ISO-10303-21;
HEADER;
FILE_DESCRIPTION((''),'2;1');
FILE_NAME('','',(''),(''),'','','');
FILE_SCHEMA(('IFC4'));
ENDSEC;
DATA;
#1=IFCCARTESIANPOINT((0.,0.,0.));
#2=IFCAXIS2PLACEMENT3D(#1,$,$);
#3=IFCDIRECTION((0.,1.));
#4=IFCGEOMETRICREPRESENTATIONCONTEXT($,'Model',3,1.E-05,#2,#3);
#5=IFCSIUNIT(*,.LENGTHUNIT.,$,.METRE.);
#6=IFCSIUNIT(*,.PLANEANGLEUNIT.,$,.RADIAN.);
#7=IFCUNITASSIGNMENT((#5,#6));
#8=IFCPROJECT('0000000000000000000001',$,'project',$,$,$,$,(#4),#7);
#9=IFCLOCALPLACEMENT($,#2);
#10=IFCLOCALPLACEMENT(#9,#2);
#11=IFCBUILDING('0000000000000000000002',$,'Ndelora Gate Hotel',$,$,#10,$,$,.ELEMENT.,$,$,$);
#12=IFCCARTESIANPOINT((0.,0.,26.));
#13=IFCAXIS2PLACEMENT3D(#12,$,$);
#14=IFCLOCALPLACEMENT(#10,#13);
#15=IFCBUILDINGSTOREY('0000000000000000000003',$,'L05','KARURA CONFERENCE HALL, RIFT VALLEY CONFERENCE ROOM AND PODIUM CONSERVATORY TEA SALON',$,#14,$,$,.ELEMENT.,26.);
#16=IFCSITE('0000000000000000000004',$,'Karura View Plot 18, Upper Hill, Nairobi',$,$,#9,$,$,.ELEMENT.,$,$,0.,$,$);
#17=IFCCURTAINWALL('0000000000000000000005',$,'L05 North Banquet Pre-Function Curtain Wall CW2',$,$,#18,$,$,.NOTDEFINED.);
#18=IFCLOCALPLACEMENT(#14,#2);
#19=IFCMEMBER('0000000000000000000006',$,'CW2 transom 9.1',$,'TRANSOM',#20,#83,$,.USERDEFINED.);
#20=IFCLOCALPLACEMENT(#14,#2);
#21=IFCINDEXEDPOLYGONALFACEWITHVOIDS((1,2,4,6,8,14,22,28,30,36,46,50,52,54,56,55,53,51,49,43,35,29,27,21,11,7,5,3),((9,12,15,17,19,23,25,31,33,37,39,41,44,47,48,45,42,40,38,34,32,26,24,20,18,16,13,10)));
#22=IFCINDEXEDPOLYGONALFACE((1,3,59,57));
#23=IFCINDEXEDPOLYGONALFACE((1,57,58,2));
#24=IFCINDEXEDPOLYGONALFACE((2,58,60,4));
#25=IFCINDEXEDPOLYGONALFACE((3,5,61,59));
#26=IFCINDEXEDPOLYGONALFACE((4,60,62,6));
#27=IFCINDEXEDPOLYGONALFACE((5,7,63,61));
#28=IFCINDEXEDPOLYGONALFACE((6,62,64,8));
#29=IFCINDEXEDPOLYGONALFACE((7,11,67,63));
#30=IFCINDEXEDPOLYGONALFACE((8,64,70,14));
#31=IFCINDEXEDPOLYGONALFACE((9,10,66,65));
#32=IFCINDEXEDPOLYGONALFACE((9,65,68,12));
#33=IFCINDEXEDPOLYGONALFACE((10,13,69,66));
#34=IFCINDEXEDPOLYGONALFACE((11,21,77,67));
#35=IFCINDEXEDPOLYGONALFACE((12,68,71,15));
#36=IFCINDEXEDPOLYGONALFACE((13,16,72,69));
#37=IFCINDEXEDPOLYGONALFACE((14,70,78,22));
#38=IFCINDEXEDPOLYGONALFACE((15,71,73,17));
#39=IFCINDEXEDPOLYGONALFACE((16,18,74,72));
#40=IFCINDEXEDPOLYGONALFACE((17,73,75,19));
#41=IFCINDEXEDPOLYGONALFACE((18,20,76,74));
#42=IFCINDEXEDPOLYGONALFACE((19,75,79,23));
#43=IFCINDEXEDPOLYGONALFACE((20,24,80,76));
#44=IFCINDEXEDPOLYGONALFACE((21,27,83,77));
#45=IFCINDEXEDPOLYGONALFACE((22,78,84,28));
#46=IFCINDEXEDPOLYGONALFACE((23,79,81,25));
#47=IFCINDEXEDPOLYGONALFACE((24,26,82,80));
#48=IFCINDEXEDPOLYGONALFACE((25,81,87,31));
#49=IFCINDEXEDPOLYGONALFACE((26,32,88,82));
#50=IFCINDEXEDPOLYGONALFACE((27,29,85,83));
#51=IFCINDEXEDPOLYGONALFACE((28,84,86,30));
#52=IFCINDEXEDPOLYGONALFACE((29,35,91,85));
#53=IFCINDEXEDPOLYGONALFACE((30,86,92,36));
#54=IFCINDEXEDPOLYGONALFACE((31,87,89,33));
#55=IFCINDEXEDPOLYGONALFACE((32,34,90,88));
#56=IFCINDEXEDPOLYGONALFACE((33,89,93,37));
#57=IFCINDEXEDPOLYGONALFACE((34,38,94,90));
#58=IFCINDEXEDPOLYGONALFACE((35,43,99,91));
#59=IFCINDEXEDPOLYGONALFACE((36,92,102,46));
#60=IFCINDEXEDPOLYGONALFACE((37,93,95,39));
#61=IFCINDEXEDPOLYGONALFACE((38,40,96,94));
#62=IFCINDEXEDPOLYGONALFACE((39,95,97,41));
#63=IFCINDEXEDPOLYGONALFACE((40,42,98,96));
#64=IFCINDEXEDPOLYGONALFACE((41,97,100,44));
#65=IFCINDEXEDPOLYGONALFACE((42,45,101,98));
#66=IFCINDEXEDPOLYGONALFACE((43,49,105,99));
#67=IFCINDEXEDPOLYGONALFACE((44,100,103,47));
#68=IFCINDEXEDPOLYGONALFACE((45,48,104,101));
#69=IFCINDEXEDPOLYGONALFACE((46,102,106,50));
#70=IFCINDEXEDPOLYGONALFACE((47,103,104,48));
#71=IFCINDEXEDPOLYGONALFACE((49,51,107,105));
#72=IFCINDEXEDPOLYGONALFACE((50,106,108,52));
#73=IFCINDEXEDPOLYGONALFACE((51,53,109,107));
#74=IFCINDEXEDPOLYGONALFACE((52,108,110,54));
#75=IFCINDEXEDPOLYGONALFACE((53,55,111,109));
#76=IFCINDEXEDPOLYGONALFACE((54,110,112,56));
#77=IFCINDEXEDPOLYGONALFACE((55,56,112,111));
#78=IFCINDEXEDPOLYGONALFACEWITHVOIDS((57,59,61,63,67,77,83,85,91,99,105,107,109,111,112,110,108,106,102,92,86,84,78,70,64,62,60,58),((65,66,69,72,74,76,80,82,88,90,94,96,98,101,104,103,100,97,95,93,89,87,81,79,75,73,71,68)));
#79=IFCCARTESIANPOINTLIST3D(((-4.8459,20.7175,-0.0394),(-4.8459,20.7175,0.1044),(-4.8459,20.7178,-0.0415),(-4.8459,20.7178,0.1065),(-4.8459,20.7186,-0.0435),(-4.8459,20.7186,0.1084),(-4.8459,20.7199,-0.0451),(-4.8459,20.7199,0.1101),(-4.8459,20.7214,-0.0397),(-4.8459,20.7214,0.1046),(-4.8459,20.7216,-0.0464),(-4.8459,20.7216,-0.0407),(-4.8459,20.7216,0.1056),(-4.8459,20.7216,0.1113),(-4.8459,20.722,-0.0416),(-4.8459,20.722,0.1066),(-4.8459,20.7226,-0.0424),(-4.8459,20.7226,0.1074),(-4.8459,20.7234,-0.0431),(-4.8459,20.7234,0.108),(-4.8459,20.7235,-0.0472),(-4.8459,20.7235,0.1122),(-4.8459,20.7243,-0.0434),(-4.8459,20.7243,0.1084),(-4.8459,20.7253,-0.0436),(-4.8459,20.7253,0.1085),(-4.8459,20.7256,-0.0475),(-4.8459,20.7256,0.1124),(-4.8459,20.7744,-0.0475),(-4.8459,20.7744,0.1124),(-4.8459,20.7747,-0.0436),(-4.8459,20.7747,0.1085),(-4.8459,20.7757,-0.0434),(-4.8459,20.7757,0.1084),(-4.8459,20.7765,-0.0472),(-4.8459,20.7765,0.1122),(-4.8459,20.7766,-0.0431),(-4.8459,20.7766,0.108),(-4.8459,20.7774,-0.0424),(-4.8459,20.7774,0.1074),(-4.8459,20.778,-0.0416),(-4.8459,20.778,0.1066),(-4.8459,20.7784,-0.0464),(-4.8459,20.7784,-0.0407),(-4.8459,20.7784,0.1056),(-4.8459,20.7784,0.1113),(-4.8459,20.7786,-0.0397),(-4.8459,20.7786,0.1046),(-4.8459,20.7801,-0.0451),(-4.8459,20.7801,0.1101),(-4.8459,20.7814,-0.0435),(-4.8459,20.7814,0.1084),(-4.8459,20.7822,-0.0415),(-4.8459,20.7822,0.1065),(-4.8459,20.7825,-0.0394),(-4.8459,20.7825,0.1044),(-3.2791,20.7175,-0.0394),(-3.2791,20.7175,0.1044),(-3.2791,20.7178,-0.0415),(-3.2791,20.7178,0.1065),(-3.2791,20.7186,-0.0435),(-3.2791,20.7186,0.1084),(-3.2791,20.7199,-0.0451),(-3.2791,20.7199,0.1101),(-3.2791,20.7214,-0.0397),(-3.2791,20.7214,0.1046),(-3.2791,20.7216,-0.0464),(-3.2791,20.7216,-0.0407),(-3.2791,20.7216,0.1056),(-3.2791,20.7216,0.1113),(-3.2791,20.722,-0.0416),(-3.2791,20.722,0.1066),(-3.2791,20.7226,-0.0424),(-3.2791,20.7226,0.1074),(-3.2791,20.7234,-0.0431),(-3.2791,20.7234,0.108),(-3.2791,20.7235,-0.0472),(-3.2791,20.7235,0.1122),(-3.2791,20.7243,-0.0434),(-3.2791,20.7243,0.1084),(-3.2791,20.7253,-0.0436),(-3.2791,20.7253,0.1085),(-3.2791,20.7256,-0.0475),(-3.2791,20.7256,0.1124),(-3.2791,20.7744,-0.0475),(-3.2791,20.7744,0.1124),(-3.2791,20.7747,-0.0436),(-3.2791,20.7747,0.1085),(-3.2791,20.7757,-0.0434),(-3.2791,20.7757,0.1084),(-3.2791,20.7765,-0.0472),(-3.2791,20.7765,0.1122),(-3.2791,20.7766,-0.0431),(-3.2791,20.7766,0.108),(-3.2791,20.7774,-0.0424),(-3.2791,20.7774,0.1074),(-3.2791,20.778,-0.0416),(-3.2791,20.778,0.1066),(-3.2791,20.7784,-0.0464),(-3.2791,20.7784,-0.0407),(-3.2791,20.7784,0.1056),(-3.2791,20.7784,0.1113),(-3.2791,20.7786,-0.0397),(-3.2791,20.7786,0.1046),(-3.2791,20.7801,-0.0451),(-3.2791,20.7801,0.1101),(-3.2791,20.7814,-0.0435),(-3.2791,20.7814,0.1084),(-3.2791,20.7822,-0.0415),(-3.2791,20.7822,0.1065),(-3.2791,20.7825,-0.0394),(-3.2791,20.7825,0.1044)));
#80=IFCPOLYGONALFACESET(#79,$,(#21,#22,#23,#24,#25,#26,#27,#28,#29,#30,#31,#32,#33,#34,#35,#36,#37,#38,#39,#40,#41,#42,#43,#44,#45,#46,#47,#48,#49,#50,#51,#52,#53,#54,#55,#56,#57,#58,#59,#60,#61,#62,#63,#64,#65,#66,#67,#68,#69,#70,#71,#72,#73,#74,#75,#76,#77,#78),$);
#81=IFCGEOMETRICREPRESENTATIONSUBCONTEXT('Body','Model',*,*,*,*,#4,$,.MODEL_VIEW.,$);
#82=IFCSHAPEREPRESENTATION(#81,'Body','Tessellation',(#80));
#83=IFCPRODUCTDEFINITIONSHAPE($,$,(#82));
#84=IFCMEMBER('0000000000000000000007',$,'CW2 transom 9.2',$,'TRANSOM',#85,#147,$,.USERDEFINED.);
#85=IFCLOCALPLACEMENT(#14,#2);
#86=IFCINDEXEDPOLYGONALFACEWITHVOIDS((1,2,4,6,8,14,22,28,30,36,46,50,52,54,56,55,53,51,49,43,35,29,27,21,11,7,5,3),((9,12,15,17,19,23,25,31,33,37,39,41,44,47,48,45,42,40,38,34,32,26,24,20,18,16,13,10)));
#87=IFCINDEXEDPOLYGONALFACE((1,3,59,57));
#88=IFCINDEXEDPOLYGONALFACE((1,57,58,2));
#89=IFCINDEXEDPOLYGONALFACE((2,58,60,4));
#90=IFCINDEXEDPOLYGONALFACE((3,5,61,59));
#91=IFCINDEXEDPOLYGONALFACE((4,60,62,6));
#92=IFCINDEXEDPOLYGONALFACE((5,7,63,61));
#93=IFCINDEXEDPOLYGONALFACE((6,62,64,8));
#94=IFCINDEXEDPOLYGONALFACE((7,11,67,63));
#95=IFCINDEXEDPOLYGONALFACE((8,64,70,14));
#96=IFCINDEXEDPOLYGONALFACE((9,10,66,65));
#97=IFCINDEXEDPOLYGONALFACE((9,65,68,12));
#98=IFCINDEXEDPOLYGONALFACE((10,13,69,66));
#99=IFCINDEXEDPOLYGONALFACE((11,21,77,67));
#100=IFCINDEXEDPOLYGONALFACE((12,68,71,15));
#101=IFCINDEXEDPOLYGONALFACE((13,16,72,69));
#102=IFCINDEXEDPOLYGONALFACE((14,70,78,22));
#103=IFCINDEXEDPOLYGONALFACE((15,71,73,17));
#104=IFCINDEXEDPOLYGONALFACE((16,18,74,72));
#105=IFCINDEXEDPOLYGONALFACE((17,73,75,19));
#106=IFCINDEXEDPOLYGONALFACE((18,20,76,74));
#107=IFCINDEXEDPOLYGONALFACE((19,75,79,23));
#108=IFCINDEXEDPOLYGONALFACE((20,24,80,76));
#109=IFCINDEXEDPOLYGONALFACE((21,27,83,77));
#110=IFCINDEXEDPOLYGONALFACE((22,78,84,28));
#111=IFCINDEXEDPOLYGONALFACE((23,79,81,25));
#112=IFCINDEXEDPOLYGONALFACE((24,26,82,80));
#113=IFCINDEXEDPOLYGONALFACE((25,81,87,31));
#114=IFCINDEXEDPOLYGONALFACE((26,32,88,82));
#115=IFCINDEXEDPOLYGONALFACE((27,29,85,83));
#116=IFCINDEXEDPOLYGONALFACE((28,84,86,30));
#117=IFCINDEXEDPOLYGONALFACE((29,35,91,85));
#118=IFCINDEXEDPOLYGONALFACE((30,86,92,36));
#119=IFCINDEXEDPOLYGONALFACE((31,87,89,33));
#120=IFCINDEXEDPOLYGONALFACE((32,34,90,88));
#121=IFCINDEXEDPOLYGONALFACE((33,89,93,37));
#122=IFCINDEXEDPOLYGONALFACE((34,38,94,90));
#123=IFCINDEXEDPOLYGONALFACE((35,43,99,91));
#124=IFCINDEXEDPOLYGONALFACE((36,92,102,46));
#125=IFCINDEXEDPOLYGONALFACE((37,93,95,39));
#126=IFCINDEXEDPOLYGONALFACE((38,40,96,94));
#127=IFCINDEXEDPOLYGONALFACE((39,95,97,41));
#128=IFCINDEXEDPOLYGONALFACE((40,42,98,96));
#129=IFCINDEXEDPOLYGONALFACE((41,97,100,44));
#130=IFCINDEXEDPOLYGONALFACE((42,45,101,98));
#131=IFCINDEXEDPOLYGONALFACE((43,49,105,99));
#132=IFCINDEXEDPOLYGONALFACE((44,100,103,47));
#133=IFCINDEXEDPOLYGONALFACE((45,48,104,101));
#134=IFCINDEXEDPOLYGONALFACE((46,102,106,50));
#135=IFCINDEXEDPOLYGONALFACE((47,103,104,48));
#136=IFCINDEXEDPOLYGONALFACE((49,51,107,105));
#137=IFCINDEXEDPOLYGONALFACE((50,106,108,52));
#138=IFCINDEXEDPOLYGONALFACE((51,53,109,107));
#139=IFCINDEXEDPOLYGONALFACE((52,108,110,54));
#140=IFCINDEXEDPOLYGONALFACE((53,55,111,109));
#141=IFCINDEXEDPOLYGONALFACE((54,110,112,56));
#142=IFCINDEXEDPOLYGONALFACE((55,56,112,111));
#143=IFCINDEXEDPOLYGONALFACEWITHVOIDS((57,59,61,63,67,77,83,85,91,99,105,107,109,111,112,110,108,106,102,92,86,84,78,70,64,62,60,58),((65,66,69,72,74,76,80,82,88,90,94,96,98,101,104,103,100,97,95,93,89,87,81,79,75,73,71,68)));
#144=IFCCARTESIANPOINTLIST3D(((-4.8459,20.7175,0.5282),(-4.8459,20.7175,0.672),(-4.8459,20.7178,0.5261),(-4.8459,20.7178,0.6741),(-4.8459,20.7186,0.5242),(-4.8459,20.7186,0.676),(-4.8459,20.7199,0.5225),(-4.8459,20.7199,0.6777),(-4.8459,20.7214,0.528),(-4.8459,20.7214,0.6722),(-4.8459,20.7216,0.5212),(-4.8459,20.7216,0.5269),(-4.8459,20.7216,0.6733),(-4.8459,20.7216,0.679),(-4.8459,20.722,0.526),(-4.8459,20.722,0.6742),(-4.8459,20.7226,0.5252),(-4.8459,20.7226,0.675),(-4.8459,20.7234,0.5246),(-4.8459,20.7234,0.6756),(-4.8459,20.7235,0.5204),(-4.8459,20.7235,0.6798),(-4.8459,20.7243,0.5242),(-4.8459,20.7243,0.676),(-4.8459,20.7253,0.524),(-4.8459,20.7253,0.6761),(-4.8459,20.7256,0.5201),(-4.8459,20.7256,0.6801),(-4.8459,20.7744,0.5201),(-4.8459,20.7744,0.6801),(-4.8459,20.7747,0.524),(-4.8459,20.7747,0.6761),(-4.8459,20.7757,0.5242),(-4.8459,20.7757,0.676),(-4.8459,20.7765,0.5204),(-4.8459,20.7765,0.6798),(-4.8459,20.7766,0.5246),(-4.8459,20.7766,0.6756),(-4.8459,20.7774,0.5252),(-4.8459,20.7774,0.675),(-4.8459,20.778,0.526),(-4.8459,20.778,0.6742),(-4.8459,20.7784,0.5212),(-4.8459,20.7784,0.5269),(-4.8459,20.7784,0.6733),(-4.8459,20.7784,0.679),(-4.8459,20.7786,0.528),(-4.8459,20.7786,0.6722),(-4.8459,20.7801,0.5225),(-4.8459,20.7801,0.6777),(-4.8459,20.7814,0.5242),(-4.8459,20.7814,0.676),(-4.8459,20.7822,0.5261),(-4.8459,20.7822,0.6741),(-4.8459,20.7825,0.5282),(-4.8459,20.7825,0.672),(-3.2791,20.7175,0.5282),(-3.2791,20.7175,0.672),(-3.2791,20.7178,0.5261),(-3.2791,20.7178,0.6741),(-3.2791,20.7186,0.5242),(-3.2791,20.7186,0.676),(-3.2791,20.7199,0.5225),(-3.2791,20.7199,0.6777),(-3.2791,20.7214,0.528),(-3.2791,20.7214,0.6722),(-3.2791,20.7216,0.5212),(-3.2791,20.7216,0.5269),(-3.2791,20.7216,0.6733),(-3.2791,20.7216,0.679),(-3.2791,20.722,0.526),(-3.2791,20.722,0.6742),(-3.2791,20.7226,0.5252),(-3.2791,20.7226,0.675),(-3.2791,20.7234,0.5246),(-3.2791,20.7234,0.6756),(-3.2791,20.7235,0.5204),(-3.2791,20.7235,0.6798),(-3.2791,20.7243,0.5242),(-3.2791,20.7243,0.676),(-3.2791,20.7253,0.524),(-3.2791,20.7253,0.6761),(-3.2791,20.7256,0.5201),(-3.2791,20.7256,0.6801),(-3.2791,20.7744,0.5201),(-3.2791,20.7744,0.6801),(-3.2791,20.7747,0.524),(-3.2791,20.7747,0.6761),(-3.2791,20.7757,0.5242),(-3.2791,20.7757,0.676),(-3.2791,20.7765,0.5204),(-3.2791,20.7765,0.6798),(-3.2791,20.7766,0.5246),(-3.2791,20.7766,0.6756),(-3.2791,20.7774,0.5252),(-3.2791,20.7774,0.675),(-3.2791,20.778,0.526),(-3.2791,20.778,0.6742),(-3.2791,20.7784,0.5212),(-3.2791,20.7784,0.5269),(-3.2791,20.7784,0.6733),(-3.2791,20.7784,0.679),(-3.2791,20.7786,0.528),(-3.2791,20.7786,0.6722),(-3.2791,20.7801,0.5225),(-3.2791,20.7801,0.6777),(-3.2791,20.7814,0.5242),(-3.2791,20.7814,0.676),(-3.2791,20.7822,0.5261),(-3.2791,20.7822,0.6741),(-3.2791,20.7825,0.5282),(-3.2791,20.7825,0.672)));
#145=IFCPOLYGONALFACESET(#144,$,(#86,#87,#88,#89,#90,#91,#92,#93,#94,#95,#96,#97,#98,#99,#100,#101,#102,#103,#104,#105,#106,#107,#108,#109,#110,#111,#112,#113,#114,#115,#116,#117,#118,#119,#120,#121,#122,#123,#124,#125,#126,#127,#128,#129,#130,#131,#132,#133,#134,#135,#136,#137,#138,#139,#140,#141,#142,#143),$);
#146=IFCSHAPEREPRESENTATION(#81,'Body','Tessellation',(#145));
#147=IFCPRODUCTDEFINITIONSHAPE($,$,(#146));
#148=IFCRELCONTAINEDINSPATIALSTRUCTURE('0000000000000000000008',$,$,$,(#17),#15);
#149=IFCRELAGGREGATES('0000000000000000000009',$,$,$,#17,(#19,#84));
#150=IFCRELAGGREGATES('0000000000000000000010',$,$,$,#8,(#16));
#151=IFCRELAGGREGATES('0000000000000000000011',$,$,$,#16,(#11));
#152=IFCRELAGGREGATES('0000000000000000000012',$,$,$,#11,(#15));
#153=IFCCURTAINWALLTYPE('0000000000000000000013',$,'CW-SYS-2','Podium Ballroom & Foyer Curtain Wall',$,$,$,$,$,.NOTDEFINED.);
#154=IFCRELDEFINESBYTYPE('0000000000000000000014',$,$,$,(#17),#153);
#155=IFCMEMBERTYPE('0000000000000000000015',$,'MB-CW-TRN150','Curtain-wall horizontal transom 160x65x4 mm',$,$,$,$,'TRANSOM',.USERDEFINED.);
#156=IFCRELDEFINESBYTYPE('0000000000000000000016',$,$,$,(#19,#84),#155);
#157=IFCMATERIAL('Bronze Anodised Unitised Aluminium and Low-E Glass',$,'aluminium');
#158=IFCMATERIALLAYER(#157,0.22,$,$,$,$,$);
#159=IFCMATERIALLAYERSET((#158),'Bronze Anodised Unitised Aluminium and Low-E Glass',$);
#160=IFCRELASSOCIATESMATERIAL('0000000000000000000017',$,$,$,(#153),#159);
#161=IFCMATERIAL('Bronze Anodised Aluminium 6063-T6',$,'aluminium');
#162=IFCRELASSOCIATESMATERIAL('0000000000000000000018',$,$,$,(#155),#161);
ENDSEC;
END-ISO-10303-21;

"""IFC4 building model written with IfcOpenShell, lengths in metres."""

from ifc_helpers import new_model, si_unit, direction, frame, origin, origin_2d, place, context, subcontext, project, spatial, hollow_rectangle, extrude, material, layer, layer_set, material_profile, profile_set, type_object, element, aggregate, save


model = new_model("IFC4")

# Units and contexts
model_context = context("Model", 3, precision=1e-05, world=origin(), true_north=direction((0.0, 1.0)))
body_context = subcontext(model_context, "Body", "Model", "MODEL_VIEW")
ifc_project = project(units=[si_unit("LENGTHUNIT", "METRE"), si_unit("PLANEANGLEUNIT", "RADIAN")], contexts=[model_context])

# Site, building, storey
site_placement = place(None, origin())
site = spatial("IfcSite", under=ifc_project, at=site_placement, Name="Karura View Plot 18, Upper Hill, Nairobi", CompositionType="ELEMENT", RefElevation=0.0)
building_placement = place(site_placement, origin())
building = spatial("IfcBuilding", under=site, at=building_placement, Name="Ndelora Gate Hotel", CompositionType="ELEMENT")
storey_placement = place(building_placement, frame((0.0, 0.0, 26.0)))
storey = spatial("IfcBuildingStorey", under=building, at=storey_placement, Name="L05", Description="KARURA CONFERENCE HALL, RIFT VALLEY CONFERENCE ROOM AND PODIUM CONSERVATORY TEA SALON", CompositionType="ELEMENT", Elevation=26.0)

# Curtain wall, members
ifc_material_1 = material(Name="Bronze Anodised Unitised Aluminium and Low-E Glass", Category="aluminium")
ifc_layer_1 = layer(ifc_material_1, 0.22)
ifc_layer_set_1 = layer_set([ifc_layer_1], Name="Bronze Anodised Unitised Aluminium and Low-E Glass")
curtain_wall_type = type_object("IfcCurtainWallType", Name="CW-SYS-2", Description="Podium Ballroom & Foyer Curtain Wall", PredefinedType="NOTDEFINED", material=ifc_layer_set_1)
curtain_wall_placement = place(storey_placement, origin())
curtain_wall = element("IfcCurtainWall", 1, at=curtain_wall_placement, inside=storey, type_object=curtain_wall_type, Name="L05 North Banquet Pre-Function Curtain Wall CW2", PredefinedType="NOTDEFINED")
ifc_material_2 = material(Name="Bronze Anodised Aluminium 6063-T6", Category="aluminium")
ifc_material_profile_1 = material_profile(ifc_material_2, hollow_rectangle(XDim=0.0649, YDim=0.1599, WallThickness=0.0039, InnerFilletRadius=0.0039, OuterFilletRadius=0.0081, at=origin_2d()), Name="ALU 160x65x4")
ifc_profile_set_1 = profile_set([ifc_material_profile_1], Name="Bronze Anodised Aluminium 6063-T6")
member_type_1 = type_object("IfcMemberType", Name="MB-CW-TRN150", Description="Curtain-wall horizontal transom 160x65x4 mm", ElementType="TRANSOM", PredefinedType="USERDEFINED", material=ifc_profile_set_1)
member_1_placement = place(storey_placement, frame((-3.2791, 20.75, 0.0325), z_axis=(-1.0, 0.0, 0.0), x_axis=(0.0, -1.0, 0.0)))
member_1 = element("IfcMember", 2, at=member_1_placement, type_object=member_type_1, Name="CW2 transom 9.1", ObjectType="TRANSOM", PredefinedType="USERDEFINED", context=body_context, shape_type="SweptSolid", body=[
    extrude(hollow_rectangle(XDim=0.0649, YDim=0.1599, WallThickness=0.0039, InnerFilletRadius=0.0039, OuterFilletRadius=0.0081, at=origin_2d()), origin(), (0.0, 0.0, 1.0), 1.5669),
])
member_2_placement = place(storey_placement, frame((-3.2791, 20.75, 0.6001), z_axis=(-1.0, 0.0, 0.0), x_axis=(0.0, -1.0, 0.0)))
member_2 = element("IfcMember", 3, at=member_2_placement, type_object=member_type_1, Name="CW2 transom 9.2", ObjectType="TRANSOM", PredefinedType="USERDEFINED", context=body_context, shape_type="SweptSolid", body=[
    extrude(hollow_rectangle(XDim=0.0649, YDim=0.1599, WallThickness=0.0039, InnerFilletRadius=0.0039, OuterFilletRadius=0.0081, at=origin_2d()), origin(), (0.0, 0.0, 1.0), 1.5669),
])
aggregate(curtain_wall, [member_1, member_2])

save(model, "model.ifc")
